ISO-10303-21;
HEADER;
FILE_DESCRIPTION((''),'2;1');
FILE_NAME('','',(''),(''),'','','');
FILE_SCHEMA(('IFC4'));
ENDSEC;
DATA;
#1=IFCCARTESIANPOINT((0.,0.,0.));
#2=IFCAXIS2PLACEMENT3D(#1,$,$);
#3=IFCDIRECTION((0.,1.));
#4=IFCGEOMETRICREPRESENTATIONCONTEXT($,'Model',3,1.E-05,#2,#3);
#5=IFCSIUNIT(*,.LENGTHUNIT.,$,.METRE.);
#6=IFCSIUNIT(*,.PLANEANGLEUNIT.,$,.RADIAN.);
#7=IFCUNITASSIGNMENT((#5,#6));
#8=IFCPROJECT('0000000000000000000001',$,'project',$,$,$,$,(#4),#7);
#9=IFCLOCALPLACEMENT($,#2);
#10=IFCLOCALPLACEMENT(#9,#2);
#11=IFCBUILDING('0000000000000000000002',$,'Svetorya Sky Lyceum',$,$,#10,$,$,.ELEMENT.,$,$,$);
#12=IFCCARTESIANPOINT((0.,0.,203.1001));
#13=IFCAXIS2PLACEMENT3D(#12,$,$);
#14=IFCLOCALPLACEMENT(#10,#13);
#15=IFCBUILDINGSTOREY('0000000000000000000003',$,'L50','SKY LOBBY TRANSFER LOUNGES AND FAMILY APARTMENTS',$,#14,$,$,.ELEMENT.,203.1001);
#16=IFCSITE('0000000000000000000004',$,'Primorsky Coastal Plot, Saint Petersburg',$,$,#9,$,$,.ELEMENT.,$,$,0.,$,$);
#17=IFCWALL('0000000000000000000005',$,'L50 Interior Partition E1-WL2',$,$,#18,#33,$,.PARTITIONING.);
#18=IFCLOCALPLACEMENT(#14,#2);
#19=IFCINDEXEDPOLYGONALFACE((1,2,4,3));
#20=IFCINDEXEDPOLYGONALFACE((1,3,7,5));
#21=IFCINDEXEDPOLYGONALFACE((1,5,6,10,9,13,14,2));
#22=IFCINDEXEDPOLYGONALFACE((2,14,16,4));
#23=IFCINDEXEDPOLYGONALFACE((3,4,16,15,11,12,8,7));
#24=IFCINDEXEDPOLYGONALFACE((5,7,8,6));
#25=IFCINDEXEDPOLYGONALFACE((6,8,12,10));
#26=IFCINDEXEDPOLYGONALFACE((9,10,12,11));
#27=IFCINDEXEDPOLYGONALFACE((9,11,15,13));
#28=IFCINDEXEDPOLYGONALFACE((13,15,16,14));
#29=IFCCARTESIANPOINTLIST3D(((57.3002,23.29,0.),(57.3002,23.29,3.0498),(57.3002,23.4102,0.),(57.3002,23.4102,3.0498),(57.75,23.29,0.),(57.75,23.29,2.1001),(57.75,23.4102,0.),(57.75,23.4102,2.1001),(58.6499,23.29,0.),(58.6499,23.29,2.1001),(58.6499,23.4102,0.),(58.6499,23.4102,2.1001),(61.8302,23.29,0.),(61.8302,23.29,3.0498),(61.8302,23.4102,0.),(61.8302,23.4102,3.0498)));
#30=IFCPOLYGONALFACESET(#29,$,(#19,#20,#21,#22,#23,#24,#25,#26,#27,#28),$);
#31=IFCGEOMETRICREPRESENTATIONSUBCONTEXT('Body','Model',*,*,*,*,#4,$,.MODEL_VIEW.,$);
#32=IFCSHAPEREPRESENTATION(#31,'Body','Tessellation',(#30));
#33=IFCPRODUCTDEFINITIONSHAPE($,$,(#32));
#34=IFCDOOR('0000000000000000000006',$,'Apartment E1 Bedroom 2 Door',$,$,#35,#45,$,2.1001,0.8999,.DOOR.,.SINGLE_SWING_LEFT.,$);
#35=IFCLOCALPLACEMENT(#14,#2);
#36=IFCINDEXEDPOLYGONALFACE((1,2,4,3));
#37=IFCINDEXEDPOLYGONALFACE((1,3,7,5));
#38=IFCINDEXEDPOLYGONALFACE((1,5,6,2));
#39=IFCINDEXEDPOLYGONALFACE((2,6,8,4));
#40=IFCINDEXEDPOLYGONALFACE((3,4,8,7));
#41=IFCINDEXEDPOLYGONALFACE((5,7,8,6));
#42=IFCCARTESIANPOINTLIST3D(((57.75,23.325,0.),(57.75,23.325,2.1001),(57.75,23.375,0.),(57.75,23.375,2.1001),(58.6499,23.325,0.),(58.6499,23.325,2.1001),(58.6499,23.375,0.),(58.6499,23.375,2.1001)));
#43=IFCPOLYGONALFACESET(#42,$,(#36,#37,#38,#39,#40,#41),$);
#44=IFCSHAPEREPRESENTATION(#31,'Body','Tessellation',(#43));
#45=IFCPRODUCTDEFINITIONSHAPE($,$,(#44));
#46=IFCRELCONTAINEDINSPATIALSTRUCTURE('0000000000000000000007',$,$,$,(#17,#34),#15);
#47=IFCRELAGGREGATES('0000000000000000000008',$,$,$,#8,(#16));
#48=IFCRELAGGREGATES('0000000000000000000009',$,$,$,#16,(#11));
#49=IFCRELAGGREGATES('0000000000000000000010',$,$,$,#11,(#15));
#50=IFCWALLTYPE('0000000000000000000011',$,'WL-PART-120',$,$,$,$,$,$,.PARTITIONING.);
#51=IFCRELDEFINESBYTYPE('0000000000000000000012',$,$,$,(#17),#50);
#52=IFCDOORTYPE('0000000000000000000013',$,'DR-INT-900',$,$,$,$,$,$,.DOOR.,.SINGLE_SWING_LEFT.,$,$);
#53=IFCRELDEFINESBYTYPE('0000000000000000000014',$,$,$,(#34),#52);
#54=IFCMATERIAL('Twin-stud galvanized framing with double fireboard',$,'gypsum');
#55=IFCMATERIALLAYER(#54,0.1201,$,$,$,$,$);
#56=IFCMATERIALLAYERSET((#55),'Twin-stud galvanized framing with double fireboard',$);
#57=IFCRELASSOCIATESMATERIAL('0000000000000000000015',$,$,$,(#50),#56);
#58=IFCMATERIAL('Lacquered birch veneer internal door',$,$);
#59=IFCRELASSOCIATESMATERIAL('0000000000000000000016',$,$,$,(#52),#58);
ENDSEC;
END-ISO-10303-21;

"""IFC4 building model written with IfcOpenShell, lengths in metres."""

from ifc_helpers import new_model, si_unit, direction, frame, frame_2d, origin, place, context, subcontext, project, spatial, rectangle, extrude, material, layer, layer_set, type_object, element, fill, save


model = new_model("IFC4")

# Units and contexts
model_context = context("Model", 3, precision=1e-05, world=origin(), true_north=direction((0.0, 1.0)))
body_context = subcontext(model_context, "Body", "Model", "MODEL_VIEW")
ifc_project = project(units=[si_unit("LENGTHUNIT", "METRE"), si_unit("PLANEANGLEUNIT", "RADIAN")], contexts=[model_context])

# Site, building, storey
site_placement = place(None, origin())
site = spatial("IfcSite", under=ifc_project, at=site_placement, Name="Primorsky Coastal Plot, Saint Petersburg", CompositionType="ELEMENT", RefElevation=0.0)
building_placement = place(site_placement, origin())
building = spatial("IfcBuilding", under=site, at=building_placement, Name="Svetorya Sky Lyceum", CompositionType="ELEMENT")
storey_placement = place(building_placement, frame((0.0, 0.0, 203.1001)))
storey = spatial("IfcBuildingStorey", under=building, at=storey_placement, Name="L50", Description="SKY LOBBY TRANSFER LOUNGES AND FAMILY APARTMENTS", CompositionType="ELEMENT", Elevation=203.1001)

# Wall, opening, door
ifc_material_1 = material(Name="Twin-stud galvanized framing with double fireboard", Category="gypsum")
ifc_layer_1 = layer(ifc_material_1, 0.1201)
ifc_layer_set_1 = layer_set([ifc_layer_1], Name="Twin-stud galvanized framing with double fireboard")
wall_type_1 = type_object("IfcWallType", Name="WL-PART-120", PredefinedType="PARTITIONING", material=ifc_layer_set_1)
ifc_material_2 = material(Name="Lacquered birch veneer internal door")
door_type = type_object("IfcDoorType", Name="DR-INT-900", OperationType="SINGLE_SWING_LEFT", PredefinedType="DOOR", material=ifc_material_2)
wall_1_placement = place(storey_placement, frame((57.3, 23.3501, 0.0), z_axis=(0.0, 0.0, 1.0), x_axis=(1.0, 0.0, 0.0)))
wall_1 = element("IfcWall", 1, at=wall_1_placement, inside=storey, type_object=wall_type_1, Name="L50 Interior Partition E1-WL2", PredefinedType="PARTITIONING", context=body_context, shape_type="SweptSolid", body=[
    extrude(rectangle(XDim=4.53, YDim=0.1201, at=frame_2d((2.2651, 0.0))), origin(), (0.0, 0.0, 1.0), 3.0498),
])
opening_1_placement = place(wall_1_placement, frame((0.45, 0.0, 0.0)))
opening_1 = element("IfcOpeningElement", 2, at=opening_1_placement, cuts=wall_1, PredefinedType="OPENING", context=body_context, shape_type="SweptSolid", body=[
    extrude(rectangle(XDim=0.8999, YDim=2.1001, at=frame_2d((0.45, 1.05))), frame((0.0, 0.0701, 0.0), z_axis=(0.0, -1.0, 0.0), x_axis=(1.0, 0.0, 0.0)), (0.0, 0.0, 1.0), 0.1401),
])
door_1_placement = place(opening_1_placement, origin())
door_1 = element("IfcDoor", 3, at=door_1_placement, inside=storey, type_object=door_type, Name="Apartment E1 Bedroom 2 Door", OperationType="SINGLE_SWING_LEFT", OverallHeight=2.1001, OverallWidth=0.8999, PredefinedType="DOOR", context=body_context, shape_type="SweptSolid", body=[
    extrude(rectangle(XDim=0.8999, YDim=2.1001, at=frame_2d((0.45, 1.05))), frame((0.0, 0.0249, 0.0), z_axis=(0.0, -1.0, 0.0), x_axis=(1.0, 0.0, 0.0)), (0.0, 0.0, 1.0), 0.05),
])
fill(opening_1, door_1)

save(model, "model.ifc")
